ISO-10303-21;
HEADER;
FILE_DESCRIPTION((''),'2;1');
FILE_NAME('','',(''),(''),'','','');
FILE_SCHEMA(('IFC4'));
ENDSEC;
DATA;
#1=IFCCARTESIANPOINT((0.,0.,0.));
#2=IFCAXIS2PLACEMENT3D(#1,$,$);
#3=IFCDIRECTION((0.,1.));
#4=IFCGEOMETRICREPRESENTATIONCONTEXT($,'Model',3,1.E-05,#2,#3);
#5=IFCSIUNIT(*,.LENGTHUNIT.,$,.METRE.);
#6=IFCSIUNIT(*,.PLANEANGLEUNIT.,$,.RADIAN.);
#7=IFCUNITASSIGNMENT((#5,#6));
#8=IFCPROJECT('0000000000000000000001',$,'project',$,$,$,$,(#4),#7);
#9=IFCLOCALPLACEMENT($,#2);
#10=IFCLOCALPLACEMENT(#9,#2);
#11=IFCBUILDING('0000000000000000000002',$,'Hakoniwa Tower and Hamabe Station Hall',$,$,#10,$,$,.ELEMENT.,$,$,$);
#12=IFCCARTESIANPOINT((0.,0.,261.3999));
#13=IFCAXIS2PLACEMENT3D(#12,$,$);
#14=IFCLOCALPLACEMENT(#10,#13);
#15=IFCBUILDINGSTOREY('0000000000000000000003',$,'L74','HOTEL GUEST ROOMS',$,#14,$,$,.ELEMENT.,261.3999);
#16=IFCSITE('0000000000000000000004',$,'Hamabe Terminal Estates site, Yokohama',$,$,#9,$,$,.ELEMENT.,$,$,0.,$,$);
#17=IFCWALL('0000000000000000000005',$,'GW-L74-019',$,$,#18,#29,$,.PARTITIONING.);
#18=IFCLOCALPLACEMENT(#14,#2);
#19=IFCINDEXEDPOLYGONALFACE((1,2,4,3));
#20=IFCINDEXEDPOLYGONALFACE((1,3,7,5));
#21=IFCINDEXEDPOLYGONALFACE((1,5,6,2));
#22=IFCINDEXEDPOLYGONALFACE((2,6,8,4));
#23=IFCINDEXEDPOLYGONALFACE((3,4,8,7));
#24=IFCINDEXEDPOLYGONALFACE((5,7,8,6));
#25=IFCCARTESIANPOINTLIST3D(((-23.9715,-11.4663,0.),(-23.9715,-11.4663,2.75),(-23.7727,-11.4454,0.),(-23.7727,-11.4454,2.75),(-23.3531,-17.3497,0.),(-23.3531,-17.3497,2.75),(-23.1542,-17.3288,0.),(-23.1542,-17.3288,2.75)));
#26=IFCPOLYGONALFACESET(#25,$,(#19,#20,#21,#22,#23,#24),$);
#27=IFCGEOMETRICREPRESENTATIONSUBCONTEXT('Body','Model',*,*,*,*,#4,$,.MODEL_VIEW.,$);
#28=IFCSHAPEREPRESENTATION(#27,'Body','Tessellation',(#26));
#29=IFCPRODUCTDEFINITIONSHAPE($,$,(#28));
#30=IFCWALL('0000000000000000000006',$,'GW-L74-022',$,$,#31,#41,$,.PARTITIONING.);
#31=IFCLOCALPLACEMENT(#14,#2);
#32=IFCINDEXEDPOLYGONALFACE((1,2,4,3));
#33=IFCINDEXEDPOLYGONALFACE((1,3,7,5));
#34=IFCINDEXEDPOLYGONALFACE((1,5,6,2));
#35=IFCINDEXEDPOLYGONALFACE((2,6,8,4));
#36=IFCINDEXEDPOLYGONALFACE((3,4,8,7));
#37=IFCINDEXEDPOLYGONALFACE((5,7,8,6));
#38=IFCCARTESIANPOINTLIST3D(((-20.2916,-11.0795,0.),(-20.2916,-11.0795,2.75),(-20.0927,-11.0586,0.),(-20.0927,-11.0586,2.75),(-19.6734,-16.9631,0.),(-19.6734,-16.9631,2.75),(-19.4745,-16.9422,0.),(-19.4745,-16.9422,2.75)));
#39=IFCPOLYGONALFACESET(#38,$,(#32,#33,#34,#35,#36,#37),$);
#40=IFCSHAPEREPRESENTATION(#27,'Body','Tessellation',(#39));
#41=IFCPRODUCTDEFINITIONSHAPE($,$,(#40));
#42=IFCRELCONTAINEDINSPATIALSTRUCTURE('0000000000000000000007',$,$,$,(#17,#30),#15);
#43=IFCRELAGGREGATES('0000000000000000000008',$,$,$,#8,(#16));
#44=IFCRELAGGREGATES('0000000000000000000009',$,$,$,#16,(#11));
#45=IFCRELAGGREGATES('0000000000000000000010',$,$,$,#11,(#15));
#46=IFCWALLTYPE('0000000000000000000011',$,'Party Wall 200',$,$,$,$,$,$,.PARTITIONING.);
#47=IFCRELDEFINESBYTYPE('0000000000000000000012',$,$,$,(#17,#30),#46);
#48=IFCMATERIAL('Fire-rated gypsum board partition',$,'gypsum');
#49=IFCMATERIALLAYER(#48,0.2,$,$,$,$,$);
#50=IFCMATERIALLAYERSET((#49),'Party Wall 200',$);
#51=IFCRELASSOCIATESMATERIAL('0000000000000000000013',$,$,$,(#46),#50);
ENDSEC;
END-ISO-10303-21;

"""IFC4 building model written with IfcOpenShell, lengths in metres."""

from ifc_helpers import new_model, si_unit, direction, frame, frame_2d, origin, place, context, subcontext, project, spatial, rectangle, extrude, material, layer, layer_set, type_object, element, save


model = new_model("IFC4")

# Units and contexts
model_context = context("Model", 3, precision=1e-05, world=origin(), true_north=direction((0.0, 1.0)))
body_context = subcontext(model_context, "Body", "Model", "MODEL_VIEW")
ifc_project = project(units=[si_unit("LENGTHUNIT", "METRE"), si_unit("PLANEANGLEUNIT", "RADIAN")], contexts=[model_context])

# Site, building, storey
site_placement = place(None, origin())
site = spatial("IfcSite", under=ifc_project, at=site_placement, Name="Hamabe Terminal Estates site, Yokohama", CompositionType="ELEMENT", RefElevation=0.0)
building_placement = place(site_placement, origin())
building = spatial("IfcBuilding", under=site, at=building_placement, Name="Hakoniwa Tower and Hamabe Station Hall", CompositionType="ELEMENT")
storey_placement = place(building_placement, frame((0.0, 0.0, 261.3999)))
storey = spatial("IfcBuildingStorey", under=building, at=storey_placement, Name="L74", Description="HOTEL GUEST ROOMS", CompositionType="ELEMENT", Elevation=261.3999)

# Walls
ifc_material_1 = material(Name="Fire-rated gypsum board partition", Category="gypsum")
ifc_layer_1 = layer(ifc_material_1, 0.2)
ifc_layer_set_1 = layer_set([ifc_layer_1], Name="Party Wall 200")
wall_type_1 = type_object("IfcWallType", Name="Party Wall 200", PredefinedType="PARTITIONING", material=ifc_layer_set_1)
wall_1_placement = place(storey_placement, frame((-23.2537, -17.3394, 0.0), z_axis=(0.0, 0.0, 1.0), x_axis=(-0.104537, 0.994521, 0.0)))
element("IfcWall", 1, at=wall_1_placement, inside=storey, type_object=wall_type_1, Name="GW-L74-019", PredefinedType="PARTITIONING", context=body_context, shape_type="SweptSolid", body=[
    extrude(rectangle(XDim=5.9158, YDim=0.2, at=frame_2d((2.958, 0.0))), origin(), (0.0, 0.0, 1.0), 2.75),
])
wall_2_placement = place(storey_placement, frame((-19.574, -16.9526, 0.0), z_axis=(0.0, 0.0, 1.0), x_axis=(-0.104491, 0.994526, 0.0)))
element("IfcWall", 2, at=wall_2_placement, inside=storey, type_object=wall_type_1, Name="GW-L74-022", PredefinedType="PARTITIONING", context=body_context, shape_type="SweptSolid", body=[
    extrude(rectangle(XDim=5.916, YDim=0.2, at=frame_2d((2.958, 0.0))), origin(), (0.0, 0.0, 1.0), 2.75),
])

save(model, "model.ifc")
